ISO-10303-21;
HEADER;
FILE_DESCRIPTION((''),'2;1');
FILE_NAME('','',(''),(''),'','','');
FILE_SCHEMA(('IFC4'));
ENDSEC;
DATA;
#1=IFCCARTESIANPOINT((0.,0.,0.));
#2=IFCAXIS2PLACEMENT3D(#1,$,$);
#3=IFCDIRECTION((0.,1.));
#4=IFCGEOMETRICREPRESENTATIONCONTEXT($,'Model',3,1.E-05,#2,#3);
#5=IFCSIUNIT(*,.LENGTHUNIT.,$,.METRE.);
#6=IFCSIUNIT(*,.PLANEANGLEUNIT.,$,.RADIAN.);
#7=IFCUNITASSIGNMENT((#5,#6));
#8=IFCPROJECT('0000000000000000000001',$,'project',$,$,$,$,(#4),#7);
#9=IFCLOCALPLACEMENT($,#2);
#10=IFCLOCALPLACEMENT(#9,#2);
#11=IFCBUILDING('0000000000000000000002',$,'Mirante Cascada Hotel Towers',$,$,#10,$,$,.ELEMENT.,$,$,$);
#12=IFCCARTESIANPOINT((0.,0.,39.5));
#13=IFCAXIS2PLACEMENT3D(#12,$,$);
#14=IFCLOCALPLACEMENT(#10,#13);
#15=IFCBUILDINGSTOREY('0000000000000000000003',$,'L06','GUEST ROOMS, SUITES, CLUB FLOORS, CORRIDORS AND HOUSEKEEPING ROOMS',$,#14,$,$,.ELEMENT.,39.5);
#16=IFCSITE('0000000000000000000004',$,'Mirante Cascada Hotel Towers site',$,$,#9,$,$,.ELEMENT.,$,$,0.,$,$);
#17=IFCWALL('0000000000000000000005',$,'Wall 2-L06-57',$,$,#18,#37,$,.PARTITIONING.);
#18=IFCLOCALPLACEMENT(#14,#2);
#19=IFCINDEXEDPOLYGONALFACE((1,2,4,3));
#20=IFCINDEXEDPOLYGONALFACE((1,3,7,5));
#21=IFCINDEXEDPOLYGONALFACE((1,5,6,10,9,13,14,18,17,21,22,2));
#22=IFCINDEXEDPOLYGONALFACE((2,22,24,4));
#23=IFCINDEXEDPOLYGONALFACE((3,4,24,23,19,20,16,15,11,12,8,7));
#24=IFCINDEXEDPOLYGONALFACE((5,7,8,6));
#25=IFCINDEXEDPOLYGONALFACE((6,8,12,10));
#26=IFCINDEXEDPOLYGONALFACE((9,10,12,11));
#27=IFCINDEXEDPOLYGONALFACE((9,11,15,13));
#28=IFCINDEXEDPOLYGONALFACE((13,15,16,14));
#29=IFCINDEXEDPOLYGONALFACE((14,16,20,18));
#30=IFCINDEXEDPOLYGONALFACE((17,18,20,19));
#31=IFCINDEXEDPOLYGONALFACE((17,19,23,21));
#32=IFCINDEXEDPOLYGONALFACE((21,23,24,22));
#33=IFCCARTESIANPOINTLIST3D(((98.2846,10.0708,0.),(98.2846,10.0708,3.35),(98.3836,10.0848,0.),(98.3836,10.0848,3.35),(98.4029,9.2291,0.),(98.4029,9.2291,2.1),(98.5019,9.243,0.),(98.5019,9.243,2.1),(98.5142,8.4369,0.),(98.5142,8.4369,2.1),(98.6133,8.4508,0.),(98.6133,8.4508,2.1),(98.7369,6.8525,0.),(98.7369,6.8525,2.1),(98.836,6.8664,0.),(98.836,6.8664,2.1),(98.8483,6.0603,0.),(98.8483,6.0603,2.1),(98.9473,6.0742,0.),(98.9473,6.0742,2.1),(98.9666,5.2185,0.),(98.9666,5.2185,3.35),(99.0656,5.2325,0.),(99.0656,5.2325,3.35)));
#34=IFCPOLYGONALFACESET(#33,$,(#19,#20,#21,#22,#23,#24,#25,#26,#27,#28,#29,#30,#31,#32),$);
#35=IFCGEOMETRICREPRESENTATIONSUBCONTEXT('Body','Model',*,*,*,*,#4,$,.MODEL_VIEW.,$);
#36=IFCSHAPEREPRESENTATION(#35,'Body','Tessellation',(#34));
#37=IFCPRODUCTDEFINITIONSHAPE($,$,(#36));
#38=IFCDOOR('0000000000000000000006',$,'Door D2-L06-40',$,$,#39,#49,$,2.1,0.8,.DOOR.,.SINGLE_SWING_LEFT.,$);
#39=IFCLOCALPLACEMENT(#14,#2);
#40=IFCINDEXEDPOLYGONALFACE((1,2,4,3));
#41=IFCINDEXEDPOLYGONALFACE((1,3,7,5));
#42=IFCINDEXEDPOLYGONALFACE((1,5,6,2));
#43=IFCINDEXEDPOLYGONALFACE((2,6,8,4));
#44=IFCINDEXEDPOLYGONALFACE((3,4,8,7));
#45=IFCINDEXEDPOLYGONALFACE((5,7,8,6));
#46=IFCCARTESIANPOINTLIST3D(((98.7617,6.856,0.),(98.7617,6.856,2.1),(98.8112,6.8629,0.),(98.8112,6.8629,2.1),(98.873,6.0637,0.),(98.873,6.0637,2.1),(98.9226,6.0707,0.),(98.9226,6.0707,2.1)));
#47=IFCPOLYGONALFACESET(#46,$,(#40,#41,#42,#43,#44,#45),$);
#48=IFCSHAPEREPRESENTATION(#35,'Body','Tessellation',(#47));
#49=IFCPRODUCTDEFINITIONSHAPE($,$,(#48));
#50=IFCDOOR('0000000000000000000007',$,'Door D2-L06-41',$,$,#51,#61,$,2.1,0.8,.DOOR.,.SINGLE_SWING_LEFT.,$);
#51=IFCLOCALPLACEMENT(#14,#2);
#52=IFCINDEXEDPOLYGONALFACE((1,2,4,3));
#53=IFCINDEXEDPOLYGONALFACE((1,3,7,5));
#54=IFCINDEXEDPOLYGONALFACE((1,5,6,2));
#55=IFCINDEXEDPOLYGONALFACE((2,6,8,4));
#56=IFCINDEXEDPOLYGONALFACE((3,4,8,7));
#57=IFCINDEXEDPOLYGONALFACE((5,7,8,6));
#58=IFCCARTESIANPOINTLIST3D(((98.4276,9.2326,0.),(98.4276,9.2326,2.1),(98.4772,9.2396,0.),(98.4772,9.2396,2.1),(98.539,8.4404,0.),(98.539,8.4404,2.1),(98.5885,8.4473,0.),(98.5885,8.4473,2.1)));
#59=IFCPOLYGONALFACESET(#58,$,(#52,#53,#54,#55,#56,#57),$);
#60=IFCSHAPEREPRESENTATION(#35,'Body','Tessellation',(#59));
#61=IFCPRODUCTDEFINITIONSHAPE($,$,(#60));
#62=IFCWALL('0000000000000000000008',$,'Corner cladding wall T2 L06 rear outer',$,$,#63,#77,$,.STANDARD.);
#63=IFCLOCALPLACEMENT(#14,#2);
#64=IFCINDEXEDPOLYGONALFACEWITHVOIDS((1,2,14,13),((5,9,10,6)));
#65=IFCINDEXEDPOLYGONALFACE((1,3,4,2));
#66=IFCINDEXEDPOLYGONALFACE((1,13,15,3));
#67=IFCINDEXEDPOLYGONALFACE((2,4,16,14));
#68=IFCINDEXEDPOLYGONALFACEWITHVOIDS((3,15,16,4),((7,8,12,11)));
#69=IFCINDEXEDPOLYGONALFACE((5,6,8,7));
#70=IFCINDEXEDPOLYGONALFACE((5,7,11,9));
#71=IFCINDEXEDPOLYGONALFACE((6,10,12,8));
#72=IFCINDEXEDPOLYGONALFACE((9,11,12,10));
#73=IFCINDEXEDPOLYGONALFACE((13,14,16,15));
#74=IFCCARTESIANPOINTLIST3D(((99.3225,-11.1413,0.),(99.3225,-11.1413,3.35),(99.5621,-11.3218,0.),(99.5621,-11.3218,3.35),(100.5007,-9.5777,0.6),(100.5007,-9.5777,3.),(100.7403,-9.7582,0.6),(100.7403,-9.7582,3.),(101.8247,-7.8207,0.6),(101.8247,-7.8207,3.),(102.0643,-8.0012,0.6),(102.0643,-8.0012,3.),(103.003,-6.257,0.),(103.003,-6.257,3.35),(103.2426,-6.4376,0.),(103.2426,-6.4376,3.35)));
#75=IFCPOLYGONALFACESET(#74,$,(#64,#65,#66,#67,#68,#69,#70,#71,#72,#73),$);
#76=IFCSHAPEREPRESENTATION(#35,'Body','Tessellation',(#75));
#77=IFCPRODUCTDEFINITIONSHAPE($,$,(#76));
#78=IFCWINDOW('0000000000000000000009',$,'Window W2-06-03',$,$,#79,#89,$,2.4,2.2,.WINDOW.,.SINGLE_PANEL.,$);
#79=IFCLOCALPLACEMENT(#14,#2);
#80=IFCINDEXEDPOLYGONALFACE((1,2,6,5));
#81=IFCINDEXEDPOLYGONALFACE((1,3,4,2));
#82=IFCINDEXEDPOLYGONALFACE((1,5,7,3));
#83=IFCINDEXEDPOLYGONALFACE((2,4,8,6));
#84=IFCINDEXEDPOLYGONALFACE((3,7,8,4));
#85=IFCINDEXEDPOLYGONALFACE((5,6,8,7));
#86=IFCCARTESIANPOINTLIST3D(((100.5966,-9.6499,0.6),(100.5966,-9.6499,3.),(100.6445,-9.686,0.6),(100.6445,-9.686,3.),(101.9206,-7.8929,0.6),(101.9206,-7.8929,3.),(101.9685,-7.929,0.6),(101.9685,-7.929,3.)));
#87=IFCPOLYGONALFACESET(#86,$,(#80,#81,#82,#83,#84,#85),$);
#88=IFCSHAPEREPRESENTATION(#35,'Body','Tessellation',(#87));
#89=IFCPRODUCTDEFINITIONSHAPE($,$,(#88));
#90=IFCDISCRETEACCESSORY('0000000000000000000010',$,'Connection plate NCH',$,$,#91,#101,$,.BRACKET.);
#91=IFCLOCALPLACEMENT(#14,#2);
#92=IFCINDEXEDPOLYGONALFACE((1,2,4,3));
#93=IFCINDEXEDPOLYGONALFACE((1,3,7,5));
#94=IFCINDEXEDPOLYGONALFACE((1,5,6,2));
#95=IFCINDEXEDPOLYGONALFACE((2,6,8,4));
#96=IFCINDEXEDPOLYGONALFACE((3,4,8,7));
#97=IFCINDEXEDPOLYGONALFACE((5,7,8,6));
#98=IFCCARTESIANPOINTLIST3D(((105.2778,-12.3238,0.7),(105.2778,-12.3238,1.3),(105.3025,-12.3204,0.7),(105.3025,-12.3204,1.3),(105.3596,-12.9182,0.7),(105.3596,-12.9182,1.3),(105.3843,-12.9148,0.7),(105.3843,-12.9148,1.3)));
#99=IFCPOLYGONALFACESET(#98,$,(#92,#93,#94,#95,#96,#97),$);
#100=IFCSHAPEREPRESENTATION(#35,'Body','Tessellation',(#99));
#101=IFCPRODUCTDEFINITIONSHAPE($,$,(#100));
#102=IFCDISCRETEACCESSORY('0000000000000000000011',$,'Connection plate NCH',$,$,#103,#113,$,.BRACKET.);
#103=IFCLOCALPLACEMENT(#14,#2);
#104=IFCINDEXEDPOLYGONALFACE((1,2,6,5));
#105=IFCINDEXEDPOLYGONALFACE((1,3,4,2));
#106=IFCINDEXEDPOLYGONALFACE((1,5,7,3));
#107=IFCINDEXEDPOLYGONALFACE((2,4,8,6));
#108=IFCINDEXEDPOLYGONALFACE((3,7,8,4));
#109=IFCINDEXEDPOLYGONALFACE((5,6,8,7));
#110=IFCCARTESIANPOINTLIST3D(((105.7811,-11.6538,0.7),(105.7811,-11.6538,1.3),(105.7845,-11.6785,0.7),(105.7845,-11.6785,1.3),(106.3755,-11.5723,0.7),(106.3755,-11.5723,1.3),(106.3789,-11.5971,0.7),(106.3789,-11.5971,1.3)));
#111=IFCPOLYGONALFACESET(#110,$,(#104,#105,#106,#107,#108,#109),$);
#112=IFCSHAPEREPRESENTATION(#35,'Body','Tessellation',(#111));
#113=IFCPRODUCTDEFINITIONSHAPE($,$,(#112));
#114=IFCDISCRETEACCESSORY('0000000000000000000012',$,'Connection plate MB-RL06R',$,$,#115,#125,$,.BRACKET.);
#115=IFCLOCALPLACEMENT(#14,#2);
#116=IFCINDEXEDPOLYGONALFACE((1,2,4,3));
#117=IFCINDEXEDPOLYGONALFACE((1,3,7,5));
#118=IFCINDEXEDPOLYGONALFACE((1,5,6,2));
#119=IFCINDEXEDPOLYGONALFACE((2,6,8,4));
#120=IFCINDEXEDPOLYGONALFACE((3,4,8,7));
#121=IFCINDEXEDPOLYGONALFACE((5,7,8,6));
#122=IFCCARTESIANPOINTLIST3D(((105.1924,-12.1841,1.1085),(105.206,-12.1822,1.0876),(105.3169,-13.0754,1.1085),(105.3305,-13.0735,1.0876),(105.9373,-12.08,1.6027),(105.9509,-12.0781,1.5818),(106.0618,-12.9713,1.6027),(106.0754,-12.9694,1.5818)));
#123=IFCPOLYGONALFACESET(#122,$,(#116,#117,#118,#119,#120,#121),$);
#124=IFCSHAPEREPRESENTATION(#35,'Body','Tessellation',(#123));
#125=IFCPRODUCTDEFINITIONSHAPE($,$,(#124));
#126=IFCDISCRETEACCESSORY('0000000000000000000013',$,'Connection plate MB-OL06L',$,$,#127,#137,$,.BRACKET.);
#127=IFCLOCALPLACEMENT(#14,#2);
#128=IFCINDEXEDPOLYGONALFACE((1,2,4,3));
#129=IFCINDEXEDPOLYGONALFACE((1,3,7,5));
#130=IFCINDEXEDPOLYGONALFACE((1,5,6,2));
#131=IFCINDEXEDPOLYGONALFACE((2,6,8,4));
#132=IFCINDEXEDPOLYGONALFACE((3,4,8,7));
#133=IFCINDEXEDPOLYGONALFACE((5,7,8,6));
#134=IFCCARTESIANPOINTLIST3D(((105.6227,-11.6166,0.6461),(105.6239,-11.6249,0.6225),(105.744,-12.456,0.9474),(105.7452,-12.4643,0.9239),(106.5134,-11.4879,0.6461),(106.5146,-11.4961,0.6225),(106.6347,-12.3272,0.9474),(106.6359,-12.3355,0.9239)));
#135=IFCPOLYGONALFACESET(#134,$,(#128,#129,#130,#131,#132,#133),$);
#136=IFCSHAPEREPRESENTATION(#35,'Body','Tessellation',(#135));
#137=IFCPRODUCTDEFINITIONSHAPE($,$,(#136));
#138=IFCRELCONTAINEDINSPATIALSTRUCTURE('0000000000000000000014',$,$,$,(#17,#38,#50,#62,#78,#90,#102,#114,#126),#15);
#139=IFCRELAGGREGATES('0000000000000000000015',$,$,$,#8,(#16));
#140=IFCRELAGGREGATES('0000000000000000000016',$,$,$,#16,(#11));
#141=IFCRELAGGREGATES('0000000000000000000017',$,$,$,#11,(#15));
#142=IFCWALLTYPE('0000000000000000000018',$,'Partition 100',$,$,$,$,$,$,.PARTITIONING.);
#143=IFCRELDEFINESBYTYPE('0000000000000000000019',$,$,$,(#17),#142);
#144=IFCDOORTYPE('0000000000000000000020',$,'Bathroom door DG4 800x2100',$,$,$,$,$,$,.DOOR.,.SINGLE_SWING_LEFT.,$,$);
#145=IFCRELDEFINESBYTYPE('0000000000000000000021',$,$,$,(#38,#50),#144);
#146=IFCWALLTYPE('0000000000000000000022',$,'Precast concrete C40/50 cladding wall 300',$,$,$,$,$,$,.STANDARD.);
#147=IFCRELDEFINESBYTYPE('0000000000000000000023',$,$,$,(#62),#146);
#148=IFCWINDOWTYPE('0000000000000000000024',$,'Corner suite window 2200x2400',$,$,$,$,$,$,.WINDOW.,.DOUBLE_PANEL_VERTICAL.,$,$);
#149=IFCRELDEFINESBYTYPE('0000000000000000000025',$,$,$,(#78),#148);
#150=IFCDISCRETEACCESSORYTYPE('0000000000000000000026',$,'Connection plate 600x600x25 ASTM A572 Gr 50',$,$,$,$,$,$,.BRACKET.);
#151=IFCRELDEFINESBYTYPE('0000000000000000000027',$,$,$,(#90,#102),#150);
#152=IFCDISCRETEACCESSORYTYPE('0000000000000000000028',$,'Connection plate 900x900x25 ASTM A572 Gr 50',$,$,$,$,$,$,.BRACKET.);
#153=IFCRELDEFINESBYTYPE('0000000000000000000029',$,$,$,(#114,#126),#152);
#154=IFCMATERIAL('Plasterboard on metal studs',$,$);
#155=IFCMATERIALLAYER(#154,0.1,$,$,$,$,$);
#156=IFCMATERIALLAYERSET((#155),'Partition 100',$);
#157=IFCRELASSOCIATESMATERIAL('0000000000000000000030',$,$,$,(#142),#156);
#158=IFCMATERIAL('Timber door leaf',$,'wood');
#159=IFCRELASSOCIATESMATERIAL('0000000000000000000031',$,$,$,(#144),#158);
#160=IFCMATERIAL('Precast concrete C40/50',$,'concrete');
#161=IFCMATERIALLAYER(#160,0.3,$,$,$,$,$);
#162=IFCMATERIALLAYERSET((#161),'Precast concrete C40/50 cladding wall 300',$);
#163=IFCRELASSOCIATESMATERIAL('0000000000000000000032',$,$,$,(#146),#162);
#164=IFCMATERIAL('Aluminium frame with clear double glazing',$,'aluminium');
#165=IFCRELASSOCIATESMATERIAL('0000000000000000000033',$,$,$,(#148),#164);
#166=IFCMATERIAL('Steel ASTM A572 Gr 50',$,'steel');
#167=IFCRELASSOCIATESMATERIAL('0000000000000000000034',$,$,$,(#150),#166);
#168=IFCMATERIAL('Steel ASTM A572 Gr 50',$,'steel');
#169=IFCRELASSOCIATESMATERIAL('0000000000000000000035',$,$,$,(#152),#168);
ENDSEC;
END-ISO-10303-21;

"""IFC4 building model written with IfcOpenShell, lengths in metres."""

from ifc_helpers import new_model, si_unit, direction, frame, frame_2d, origin, origin_2d, place, context, subcontext, project, spatial, rectangle, extrude, material, layer, layer_set, material_profile, profile_set, type_object, element, fill, save


model = new_model("IFC4")

# Units and contexts
model_context = context("Model", 3, precision=1e-05, world=origin(), true_north=direction((0.0, 1.0)))
body_context = subcontext(model_context, "Body", "Model", "MODEL_VIEW")
ifc_project = project(units=[si_unit("LENGTHUNIT", "METRE"), si_unit("PLANEANGLEUNIT", "RADIAN")], contexts=[model_context])

# Site, building, storey
site_placement = place(None, origin())
site = spatial("IfcSite", under=ifc_project, at=site_placement, Name="Mirante Cascada Hotel Towers site", CompositionType="ELEMENT", RefElevation=0.0)
building_placement = place(site_placement, origin())
building = spatial("IfcBuilding", under=site, at=building_placement, Name="Mirante Cascada Hotel Towers", CompositionType="ELEMENT")
storey_placement = place(building_placement, frame((0.0, 0.0, 39.5)))
storey = spatial("IfcBuildingStorey", under=building, at=storey_placement, Name="L06", Description="GUEST ROOMS, SUITES, CLUB FLOORS, CORRIDORS AND HOUSEKEEPING ROOMS", CompositionType="ELEMENT", Elevation=39.5)

# Shared definitions
ifc_material_1 = material(Name="Plasterboard on metal studs")
ifc_layer_1 = layer(ifc_material_1, 0.1)
ifc_layer_set_1 = layer_set([ifc_layer_1], Name="Partition 100")
wall_type_1 = type_object("IfcWallType", Name="Partition 100", PredefinedType="PARTITIONING", material=ifc_layer_set_1)

# Wall, openings, doors
wall_1_placement = place(storey_placement, frame((99.0161, 5.2255, 0.0), z_axis=(0.0, 0.0, 1.0), x_axis=(-0.139184, 0.990267, 0.0)))
wall_1 = element("IfcWall", 1, at=wall_1_placement, inside=storey, type_object=wall_type_1, Name="Wall 2-L06-57", PredefinedType="PARTITIONING", context=body_context, shape_type="SweptSolid", body=[
    extrude(rectangle(XDim=4.9, YDim=0.1, at=frame_2d((2.45, 0.0))), origin(), (0.0, 0.0, 1.0), 3.35),
])
opening_1_placement = place(wall_1_placement, frame((0.85, 0.0, 0.0)))
opening_1 = element("IfcOpeningElement", 2, at=opening_1_placement, cuts=wall_1, PredefinedType="OPENING", context=body_context, shape_type="SweptSolid", body=[
    extrude(rectangle(XDim=0.8, YDim=2.1, at=frame_2d((0.4, 1.05))), frame((0.0, 0.05, 0.0), z_axis=(0.0, -1.0, 0.0), x_axis=(1.0, 0.0, 0.0)), (0.0, 0.0, 1.0), 0.1),
])
opening_2_placement = place(wall_1_placement, frame((3.25, 0.0, 0.0)))
opening_2 = element("IfcOpeningElement", 3, at=opening_2_placement, cuts=wall_1, PredefinedType="OPENING", context=body_context, shape_type="SweptSolid", body=[
    extrude(rectangle(XDim=0.8, YDim=2.1, at=frame_2d((0.4, 1.05))), frame((0.0, 0.05, 0.0), z_axis=(0.0, -1.0, 0.0), x_axis=(1.0, 0.0, 0.0)), (0.0, 0.0, 1.0), 0.1),
])
ifc_material_2 = material(Name="Timber door leaf", Category="wood")
door_type_1 = type_object("IfcDoorType", Name="Bathroom door DG4 800x2100", OperationType="SINGLE_SWING_LEFT", PredefinedType="DOOR", material=ifc_material_2)
door_1_placement = place(opening_1_placement, origin())
door_1 = element("IfcDoor", 4, at=door_1_placement, inside=storey, type_object=door_type_1, Name="Door D2-L06-40", OperationType="SINGLE_SWING_LEFT", OverallHeight=2.1, OverallWidth=0.8, PredefinedType="DOOR", context=body_context, shape_type="SweptSolid", body=[
    extrude(rectangle(XDim=0.8, YDim=2.1, at=frame_2d((0.4, 1.05))), frame((0.0, 0.025, 0.0), z_axis=(0.0, -1.0, 0.0), x_axis=(1.0, 0.0, 0.0)), (0.0, 0.0, 1.0), 0.05),
])
fill(opening_1, door_1)
door_2_placement = place(opening_2_placement, origin())
door_2 = element("IfcDoor", 5, at=door_2_placement, inside=storey, type_object=door_type_1, Name="Door D2-L06-41", OperationType="SINGLE_SWING_LEFT", OverallHeight=2.1, OverallWidth=0.8, PredefinedType="DOOR", context=body_context, shape_type="SweptSolid", body=[
    extrude(rectangle(XDim=0.8, YDim=2.1, at=frame_2d((0.4, 1.05))), frame((0.0, 0.025, 0.0), z_axis=(0.0, -1.0, 0.0), x_axis=(1.0, 0.0, 0.0)), (0.0, 0.0, 1.0), 0.05),
])
fill(opening_2, door_2)

# Wall, opening, window
ifc_material_3 = material(Name="Precast concrete C40/50", Category="concrete")
ifc_layer_2 = layer(ifc_material_3, 0.3)
ifc_layer_set_2 = layer_set([ifc_layer_2], Name="Precast concrete C40/50 cladding wall 300")
wall_type_2 = type_object("IfcWallType", Name="Precast concrete C40/50 cladding wall 300", PredefinedType="STANDARD", material=ifc_layer_set_2)
wall_2_placement = place(storey_placement, frame((99.4423, -11.2315, 0.0), z_axis=(0.0, 0.0, 1.0), x_axis=(0.601814, 0.798636, 0.0)))
wall_2 = element("IfcWall", 6, at=wall_2_placement, inside=storey, type_object=wall_type_2, Name="Corner cladding wall T2 L06 rear outer", PredefinedType="STANDARD", context=body_context, shape_type="SweptSolid", body=[
    extrude(rectangle(XDim=6.1157, YDim=0.3, at=frame_2d((3.0578, 0.0))), origin(), (0.0, 0.0, 1.0), 3.35),
])
opening_3_placement = place(wall_2_placement, frame((1.9578, 0.0, 0.6)))
opening_3 = element("IfcOpeningElement", 7, at=opening_3_placement, cuts=wall_2, PredefinedType="OPENING", context=body_context, shape_type="SweptSolid", body=[
    extrude(rectangle(XDim=2.2, YDim=2.4, at=frame_2d((1.1, 1.2))), frame((0.0, 0.15, 0.0), z_axis=(0.0, -1.0, 0.0), x_axis=(1.0, 0.0, 0.0)), (0.0, 0.0, 1.0), 0.3),
])
ifc_material_4 = material(Name="Aluminium frame with clear double glazing", Category="aluminium")
window_type = type_object("IfcWindowType", Name="Corner suite window 2200x2400", PartitioningType="DOUBLE_PANEL_VERTICAL", PredefinedType="WINDOW", material=ifc_material_4)
window_placement = place(opening_3_placement, origin())
window = element("IfcWindow", 8, at=window_placement, inside=storey, type_object=window_type, Name="Window W2-06-03", OverallHeight=2.4, OverallWidth=2.2, PartitioningType="SINGLE_PANEL", PredefinedType="WINDOW", context=body_context, shape_type="SweptSolid", body=[
    extrude(rectangle(XDim=2.2, YDim=2.4, at=frame_2d((1.1, 1.2))), frame((0.0, 0.03, 0.0), z_axis=(0.0, -1.0, 0.0), x_axis=(1.0, 0.0, 0.0)), (0.0, 0.0, 1.0), 0.06),
])
fill(opening_3, window)

# Discrete accessories
ifc_material_5 = material(Name="Steel ASTM A572 Gr 50", Category="steel")
ifc_material_profile_1 = material_profile(ifc_material_5, rectangle(XDim=0.6, YDim=0.6, at=origin_2d()), Name="Connection plate 600x600x25 ASTM A572 Gr 50")
ifc_profile_set_1 = profile_set([ifc_material_profile_1], Name="Steel ASTM A572 Gr 50")
discrete_accessory_type_1 = type_object("IfcDiscreteAccessoryType", Name="Connection plate 600x600x25 ASTM A572 Gr 50", PredefinedType="BRACKET", material=ifc_profile_set_1)
discrete_accessory_1_placement = place(storey_placement, frame((105.3187, -12.621, 1.0), z_axis=(0.990658, 0.136366, 0.0), x_axis=(-0.136366, 0.990658, 0.0)))
element("IfcDiscreteAccessory", 9, at=discrete_accessory_1_placement, inside=storey, type_object=discrete_accessory_type_1, Name="Connection plate NCH", PredefinedType="BRACKET", context=body_context, shape_type="SweptSolid", body=[
    extrude(rectangle(XDim=0.6, YDim=0.6, at=origin_2d()), origin(), (0.0, 0.0, 1.0), 0.0249),
])
discrete_accessory_2_placement = place(storey_placement, frame((106.0817, -11.6378, 1.0), z_axis=(-0.135826, 0.990733, 0.0), x_axis=(-0.990733, -0.135826, 0.0)))
element("IfcDiscreteAccessory", 10, at=discrete_accessory_2_placement, inside=storey, type_object=discrete_accessory_type_1, Name="Connection plate NCH", PredefinedType="BRACKET", context=body_context, shape_type="SweptSolid", body=[
    extrude(rectangle(XDim=0.6, YDim=0.6, at=origin_2d()), origin(), (0.0, 0.0, 1.0), 0.025),
])
ifc_material_6 = material(Name="Steel ASTM A572 Gr 50", Category="steel")
ifc_material_profile_2 = material_profile(ifc_material_6, rectangle(XDim=0.9, YDim=0.9, at=origin_2d()), Name="Connection plate 900x900x25 ASTM A572 Gr 50")
ifc_profile_set_2 = profile_set([ifc_material_profile_2], Name="Steel ASTM A572 Gr 50")
discrete_accessory_type_2 = type_object("IfcDiscreteAccessoryType", Name="Connection plate 900x900x25 ASTM A572 Gr 50", PredefinedType="BRACKET", material=ifc_profile_set_2)
for number, where, z_axis, x_axis, name in (
    (11, (105.6407, -12.5758, 1.3347), (-0.543835, -0.075977, 0.835746), (0.138362, -0.990382, 0.0), "Connection plate MB-RL06R"),
    (12, (106.1299, -11.9802, 0.7732), (-0.047912, 0.331393, 0.942275), (-0.98971, -0.143091, 0.0), "Connection plate MB-OL06L"),
):
    element("IfcDiscreteAccessory", number, at=place(storey_placement, frame(where, z_axis=z_axis, x_axis=x_axis)), inside=storey, type_object=discrete_accessory_type_2, Name=name, PredefinedType="BRACKET", context=body_context, shape_type="SweptSolid", body=[
        extrude(rectangle(XDim=0.9, YDim=0.9, at=origin_2d()), origin(), (0.0, 0.0, 1.0), 0.025),
    ])

save(model, "model.ifc")
